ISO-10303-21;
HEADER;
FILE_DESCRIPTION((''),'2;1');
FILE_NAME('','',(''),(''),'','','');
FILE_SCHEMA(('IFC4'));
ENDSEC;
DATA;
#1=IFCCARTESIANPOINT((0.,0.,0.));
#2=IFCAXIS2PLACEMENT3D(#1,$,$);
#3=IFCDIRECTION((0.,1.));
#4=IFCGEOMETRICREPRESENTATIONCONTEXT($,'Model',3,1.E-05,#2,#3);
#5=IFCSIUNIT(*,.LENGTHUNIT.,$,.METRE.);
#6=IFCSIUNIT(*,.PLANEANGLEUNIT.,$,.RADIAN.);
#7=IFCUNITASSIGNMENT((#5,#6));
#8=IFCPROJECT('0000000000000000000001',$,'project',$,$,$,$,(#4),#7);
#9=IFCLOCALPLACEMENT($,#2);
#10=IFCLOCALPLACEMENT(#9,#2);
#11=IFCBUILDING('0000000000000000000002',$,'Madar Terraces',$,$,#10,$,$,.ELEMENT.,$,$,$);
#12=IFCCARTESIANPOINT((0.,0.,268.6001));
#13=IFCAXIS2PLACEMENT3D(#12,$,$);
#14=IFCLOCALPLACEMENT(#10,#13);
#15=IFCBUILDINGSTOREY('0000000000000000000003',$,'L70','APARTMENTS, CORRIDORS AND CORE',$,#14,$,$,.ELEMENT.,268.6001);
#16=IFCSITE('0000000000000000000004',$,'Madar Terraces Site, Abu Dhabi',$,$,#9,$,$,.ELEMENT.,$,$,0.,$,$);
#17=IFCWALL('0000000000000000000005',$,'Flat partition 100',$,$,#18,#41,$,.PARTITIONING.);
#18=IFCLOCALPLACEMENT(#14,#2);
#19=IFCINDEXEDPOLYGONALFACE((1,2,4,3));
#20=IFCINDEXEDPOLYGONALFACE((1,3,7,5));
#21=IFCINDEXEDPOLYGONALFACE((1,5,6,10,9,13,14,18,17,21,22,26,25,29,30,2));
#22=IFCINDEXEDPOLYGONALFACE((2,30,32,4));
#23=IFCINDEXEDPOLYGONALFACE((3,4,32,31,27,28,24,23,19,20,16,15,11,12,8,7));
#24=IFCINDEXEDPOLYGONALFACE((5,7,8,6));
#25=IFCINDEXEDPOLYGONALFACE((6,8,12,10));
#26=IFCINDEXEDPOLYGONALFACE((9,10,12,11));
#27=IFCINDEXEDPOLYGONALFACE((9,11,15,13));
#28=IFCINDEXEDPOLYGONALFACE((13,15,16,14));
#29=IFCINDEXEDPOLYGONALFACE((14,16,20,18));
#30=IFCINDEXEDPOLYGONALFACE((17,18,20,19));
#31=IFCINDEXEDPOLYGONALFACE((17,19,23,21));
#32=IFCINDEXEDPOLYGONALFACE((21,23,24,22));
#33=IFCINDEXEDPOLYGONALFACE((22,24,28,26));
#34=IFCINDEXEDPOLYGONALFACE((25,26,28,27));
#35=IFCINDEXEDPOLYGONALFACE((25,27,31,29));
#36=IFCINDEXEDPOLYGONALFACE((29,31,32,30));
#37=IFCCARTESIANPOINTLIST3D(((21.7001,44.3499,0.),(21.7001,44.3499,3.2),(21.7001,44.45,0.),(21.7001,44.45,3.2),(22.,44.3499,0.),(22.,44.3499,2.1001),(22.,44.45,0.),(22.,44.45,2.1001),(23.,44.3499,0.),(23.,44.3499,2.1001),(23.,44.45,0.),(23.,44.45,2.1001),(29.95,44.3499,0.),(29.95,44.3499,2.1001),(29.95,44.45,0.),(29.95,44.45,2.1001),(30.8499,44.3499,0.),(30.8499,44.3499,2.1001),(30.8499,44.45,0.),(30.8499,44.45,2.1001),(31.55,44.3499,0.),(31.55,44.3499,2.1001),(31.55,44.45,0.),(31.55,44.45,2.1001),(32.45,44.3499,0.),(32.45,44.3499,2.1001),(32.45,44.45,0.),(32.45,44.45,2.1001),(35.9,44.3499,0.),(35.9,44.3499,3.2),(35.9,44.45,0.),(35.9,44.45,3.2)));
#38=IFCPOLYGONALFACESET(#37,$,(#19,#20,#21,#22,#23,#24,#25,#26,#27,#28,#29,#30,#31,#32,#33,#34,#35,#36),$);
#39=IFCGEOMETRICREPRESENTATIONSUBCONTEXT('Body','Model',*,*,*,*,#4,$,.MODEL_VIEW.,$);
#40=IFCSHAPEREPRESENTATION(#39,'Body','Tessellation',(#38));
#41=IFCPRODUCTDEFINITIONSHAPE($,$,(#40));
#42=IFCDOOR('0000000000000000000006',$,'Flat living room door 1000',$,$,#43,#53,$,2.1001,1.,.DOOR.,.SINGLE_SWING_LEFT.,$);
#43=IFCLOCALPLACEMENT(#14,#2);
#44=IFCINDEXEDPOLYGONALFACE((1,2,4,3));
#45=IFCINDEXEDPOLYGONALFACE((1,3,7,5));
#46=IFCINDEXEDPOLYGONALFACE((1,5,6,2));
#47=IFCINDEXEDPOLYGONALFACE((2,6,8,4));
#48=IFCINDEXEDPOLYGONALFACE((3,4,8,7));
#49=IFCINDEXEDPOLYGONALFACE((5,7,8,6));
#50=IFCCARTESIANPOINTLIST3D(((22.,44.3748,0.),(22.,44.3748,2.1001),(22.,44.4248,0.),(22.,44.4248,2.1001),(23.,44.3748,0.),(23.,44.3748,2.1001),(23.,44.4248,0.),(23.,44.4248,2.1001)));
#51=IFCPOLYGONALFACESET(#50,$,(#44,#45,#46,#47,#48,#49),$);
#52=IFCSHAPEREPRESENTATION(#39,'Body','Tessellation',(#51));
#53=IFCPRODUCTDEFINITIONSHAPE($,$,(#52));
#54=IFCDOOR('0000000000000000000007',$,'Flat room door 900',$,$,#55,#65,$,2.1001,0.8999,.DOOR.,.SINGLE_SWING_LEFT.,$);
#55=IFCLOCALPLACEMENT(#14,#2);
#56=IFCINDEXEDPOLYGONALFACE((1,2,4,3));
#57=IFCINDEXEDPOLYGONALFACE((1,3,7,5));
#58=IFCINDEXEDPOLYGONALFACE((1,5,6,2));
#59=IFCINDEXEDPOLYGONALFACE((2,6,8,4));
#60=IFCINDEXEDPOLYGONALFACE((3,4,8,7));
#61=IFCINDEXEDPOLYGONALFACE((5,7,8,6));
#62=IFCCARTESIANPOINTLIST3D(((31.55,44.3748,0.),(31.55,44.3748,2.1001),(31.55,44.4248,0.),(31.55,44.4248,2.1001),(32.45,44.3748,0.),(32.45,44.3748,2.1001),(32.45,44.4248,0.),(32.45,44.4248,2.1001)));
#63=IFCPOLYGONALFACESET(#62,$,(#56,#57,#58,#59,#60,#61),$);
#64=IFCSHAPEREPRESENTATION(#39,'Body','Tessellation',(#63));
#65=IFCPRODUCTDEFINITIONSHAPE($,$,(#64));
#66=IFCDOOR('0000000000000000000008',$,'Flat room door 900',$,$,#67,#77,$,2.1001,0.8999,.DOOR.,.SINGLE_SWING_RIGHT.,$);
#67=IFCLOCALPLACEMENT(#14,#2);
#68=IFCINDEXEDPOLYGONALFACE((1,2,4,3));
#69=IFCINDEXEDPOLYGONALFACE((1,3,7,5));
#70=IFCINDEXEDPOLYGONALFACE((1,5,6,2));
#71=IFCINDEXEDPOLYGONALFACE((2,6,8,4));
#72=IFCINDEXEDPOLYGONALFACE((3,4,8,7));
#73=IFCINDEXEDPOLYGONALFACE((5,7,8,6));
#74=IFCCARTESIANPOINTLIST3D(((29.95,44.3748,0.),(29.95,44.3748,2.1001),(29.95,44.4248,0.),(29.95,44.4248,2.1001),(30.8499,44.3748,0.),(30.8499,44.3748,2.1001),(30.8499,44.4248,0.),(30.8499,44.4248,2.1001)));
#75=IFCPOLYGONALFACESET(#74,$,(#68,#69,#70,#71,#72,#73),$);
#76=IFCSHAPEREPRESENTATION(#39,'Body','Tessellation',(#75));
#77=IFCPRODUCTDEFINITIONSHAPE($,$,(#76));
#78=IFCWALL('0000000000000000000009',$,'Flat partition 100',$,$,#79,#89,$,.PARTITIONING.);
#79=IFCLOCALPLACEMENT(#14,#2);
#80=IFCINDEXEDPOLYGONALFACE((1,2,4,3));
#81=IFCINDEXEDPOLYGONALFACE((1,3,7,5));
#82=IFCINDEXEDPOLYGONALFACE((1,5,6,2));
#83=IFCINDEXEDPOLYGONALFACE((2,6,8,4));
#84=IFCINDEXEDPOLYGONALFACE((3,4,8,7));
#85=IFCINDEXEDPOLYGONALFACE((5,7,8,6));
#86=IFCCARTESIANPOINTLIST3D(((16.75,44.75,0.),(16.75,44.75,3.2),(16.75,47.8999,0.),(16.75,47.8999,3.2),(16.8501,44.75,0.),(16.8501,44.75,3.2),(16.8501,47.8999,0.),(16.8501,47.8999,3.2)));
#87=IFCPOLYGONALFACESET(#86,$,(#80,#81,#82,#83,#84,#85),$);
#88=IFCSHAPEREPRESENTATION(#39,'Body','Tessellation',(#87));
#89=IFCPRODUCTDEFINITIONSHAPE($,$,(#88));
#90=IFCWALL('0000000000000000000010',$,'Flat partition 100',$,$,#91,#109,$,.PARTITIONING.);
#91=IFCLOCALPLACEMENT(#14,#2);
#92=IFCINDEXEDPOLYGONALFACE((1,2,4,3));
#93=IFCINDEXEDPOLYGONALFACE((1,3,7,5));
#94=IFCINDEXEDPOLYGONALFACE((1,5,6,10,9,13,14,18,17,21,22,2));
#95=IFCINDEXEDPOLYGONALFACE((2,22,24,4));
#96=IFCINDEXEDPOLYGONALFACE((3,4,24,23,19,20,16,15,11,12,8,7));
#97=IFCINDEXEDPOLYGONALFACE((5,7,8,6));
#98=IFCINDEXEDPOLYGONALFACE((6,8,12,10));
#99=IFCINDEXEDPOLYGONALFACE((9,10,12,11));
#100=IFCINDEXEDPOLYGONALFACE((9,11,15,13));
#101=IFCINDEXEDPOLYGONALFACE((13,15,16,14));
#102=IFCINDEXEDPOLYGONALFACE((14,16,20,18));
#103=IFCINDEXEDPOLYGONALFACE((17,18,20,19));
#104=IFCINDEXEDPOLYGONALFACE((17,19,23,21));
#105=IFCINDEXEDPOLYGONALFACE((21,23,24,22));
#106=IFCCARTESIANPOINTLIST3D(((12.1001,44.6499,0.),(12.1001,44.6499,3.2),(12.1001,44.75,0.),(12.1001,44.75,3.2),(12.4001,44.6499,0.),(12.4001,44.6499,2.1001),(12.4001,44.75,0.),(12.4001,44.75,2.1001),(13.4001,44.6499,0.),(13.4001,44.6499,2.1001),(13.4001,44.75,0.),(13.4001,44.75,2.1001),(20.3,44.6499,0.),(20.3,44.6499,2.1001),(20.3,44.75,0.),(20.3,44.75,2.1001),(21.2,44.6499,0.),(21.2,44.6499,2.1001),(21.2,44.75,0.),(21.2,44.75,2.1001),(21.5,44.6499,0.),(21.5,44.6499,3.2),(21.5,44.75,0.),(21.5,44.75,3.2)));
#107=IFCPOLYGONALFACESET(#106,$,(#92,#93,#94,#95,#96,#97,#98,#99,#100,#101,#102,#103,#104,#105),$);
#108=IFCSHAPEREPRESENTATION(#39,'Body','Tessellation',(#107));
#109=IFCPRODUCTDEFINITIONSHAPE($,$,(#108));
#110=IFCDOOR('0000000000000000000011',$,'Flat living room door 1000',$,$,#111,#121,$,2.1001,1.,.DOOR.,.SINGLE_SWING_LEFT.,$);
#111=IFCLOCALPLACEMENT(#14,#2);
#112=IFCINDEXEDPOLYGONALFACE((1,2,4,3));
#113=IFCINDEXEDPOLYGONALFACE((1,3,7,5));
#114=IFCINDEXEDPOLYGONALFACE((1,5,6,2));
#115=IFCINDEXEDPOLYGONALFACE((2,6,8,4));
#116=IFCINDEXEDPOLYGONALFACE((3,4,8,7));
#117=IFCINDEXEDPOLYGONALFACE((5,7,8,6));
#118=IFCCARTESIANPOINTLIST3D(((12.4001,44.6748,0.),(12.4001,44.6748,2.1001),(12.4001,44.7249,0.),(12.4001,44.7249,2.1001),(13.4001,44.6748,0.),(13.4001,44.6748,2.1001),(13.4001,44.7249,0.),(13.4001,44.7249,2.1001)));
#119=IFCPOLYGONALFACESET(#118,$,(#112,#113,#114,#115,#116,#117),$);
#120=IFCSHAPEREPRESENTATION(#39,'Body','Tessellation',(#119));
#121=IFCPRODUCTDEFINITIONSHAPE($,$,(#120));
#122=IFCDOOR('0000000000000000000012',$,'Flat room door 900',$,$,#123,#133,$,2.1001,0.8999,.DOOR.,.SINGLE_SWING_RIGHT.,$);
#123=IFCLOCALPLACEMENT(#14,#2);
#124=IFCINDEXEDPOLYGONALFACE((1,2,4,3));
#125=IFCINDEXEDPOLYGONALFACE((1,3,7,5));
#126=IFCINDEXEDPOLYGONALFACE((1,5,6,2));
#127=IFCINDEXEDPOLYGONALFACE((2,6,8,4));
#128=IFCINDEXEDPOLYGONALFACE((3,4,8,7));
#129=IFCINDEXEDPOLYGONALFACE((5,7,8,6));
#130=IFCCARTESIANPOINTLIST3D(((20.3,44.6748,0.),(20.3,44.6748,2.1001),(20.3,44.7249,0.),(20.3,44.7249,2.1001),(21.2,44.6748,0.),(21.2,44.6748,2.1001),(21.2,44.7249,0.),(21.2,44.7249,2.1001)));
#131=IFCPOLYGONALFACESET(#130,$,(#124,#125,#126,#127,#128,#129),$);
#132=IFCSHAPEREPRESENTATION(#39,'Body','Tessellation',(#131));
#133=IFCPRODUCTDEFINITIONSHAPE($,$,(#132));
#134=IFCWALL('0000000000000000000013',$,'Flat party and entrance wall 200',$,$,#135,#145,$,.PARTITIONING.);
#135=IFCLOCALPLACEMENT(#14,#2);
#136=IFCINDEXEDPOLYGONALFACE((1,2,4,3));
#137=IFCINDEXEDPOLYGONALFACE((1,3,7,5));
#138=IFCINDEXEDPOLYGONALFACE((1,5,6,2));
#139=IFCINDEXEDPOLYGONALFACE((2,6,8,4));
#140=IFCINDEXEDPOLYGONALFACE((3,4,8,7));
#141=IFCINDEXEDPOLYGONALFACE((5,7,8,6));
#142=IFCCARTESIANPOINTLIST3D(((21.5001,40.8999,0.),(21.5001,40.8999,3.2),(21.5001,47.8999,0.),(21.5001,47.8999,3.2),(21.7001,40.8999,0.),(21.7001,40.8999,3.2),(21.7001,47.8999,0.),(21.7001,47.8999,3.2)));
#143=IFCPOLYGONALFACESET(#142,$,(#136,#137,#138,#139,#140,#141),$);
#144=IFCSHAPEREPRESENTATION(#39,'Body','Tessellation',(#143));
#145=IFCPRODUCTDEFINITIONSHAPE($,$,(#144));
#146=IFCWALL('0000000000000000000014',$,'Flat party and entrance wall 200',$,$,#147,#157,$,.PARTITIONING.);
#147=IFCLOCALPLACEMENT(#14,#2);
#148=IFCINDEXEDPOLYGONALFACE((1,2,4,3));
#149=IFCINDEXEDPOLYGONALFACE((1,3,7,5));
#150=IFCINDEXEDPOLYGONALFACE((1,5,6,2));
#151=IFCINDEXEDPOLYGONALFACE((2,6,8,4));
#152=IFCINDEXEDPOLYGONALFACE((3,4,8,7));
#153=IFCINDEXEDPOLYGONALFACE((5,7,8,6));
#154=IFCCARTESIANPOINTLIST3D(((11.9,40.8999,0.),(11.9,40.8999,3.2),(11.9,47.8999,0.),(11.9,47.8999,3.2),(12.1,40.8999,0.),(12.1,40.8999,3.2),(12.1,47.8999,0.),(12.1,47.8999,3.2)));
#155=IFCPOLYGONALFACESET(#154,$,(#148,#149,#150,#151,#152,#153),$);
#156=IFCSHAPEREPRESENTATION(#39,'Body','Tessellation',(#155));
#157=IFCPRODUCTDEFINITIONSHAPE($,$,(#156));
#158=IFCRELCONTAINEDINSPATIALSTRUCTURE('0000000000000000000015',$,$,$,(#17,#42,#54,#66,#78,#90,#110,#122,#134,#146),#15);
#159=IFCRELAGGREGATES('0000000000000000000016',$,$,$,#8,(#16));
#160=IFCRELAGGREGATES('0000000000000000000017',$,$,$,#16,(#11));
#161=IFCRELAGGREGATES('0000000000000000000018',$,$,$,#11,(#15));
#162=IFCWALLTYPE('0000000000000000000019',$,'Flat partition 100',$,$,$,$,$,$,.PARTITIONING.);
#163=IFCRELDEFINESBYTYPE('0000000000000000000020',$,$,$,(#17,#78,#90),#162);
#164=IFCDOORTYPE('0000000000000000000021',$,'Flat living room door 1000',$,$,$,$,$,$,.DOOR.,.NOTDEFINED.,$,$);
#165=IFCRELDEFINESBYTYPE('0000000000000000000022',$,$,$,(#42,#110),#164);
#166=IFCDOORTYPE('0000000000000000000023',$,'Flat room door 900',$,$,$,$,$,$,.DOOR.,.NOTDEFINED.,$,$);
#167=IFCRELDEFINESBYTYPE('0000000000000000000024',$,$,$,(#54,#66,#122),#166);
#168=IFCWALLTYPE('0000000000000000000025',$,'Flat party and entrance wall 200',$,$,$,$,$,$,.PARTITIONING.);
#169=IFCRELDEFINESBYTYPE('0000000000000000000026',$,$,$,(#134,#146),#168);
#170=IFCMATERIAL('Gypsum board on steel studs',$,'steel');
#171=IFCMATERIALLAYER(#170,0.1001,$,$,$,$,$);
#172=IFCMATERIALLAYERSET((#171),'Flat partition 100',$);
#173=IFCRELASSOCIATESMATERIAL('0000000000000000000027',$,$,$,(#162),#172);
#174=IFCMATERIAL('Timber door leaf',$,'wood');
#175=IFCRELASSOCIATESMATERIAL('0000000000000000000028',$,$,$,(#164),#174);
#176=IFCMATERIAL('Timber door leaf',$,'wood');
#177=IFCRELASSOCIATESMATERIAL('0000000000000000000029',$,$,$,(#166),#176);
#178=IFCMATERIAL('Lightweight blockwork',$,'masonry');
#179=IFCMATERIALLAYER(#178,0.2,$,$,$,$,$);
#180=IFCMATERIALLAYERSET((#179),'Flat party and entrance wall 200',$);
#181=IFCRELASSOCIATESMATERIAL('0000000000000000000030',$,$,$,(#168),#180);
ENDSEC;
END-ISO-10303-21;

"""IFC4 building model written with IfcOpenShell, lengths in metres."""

from ifc_helpers import new_model, si_unit, direction, frame, frame_2d, origin, place, context, subcontext, project, spatial, rectangle, extrude, material, layer, layer_set, type_object, element, fill, save


model = new_model("IFC4")

# Units and contexts
model_context = context("Model", 3, precision=1e-05, world=origin(), true_north=direction((0.0, 1.0)))
body_context = subcontext(model_context, "Body", "Model", "MODEL_VIEW")
ifc_project = project(units=[si_unit("LENGTHUNIT", "METRE"), si_unit("PLANEANGLEUNIT", "RADIAN")], contexts=[model_context])

# Site, building, storey
site_placement = place(None, origin())
site = spatial("IfcSite", under=ifc_project, at=site_placement, Name="Madar Terraces Site, Abu Dhabi", CompositionType="ELEMENT", RefElevation=0.0)
building_placement = place(site_placement, origin())
building = spatial("IfcBuilding", under=site, at=building_placement, Name="Madar Terraces", CompositionType="ELEMENT")
storey_placement = place(building_placement, frame((0.0, 0.0, 268.6001)))
storey = spatial("IfcBuildingStorey", under=building, at=storey_placement, Name="L70", Description="APARTMENTS, CORRIDORS AND CORE", CompositionType="ELEMENT", Elevation=268.6001)

# Shared definitions
ifc_material_1 = material(Name="Gypsum board on steel studs", Category="steel")
ifc_layer_1 = layer(ifc_material_1, 0.1001)
ifc_layer_set_1 = layer_set([ifc_layer_1], Name="Flat partition 100")
wall_type_1 = type_object("IfcWallType", Name="Flat partition 100", PredefinedType="PARTITIONING", material=ifc_layer_set_1)

# Wall, openings, doors
wall_1_placement = place(storey_placement, frame((21.7, 44.3999, 0.0), z_axis=(0.0, 0.0, 1.0), x_axis=(1.0, 0.0, 0.0)))
wall_1 = element("IfcWall", 1, at=wall_1_placement, inside=storey, type_object=wall_type_1, Name="Flat partition 100", PredefinedType="PARTITIONING", context=body_context, shape_type="SweptSolid", body=[
    extrude(rectangle(XDim=14.2, YDim=0.1001, at=frame_2d((7.1001, 0.0))), origin(), (0.0, 0.0, 1.0), 3.2),
])
opening_1_placement = place(wall_1_placement, frame((9.8501, 0.0, 0.0)))
opening_1 = element("IfcOpeningElement", 2, at=opening_1_placement, cuts=wall_1, PredefinedType="OPENING", context=body_context, shape_type="SweptSolid", body=[
    extrude(rectangle(XDim=0.8999, YDim=2.1001, at=frame_2d((0.45, 1.05))), frame((0.0, 0.0601, 0.0), z_axis=(0.0, -1.0, 0.0), x_axis=(1.0, 0.0, 0.0)), (0.0, 0.0, 1.0), 0.1201),
])
opening_2_placement = place(wall_1_placement, frame((8.25, 0.0, 0.0)))
opening_2 = element("IfcOpeningElement", 3, at=opening_2_placement, cuts=wall_1, PredefinedType="OPENING", context=body_context, shape_type="SweptSolid", body=[
    extrude(rectangle(XDim=0.8999, YDim=2.1001, at=frame_2d((0.45, 1.05))), frame((0.0, 0.0601, 0.0), z_axis=(0.0, -1.0, 0.0), x_axis=(1.0, 0.0, 0.0)), (0.0, 0.0, 1.0), 0.1201),
])
opening_3_placement = place(wall_1_placement, frame((0.3, 0.0, 0.0)))
opening_3 = element("IfcOpeningElement", 4, at=opening_3_placement, cuts=wall_1, PredefinedType="OPENING", context=body_context, shape_type="SweptSolid", body=[
    extrude(rectangle(XDim=1.0, YDim=2.1001, at=frame_2d((0.5, 1.05))), frame((0.0, 0.0601, 0.0), z_axis=(0.0, -1.0, 0.0), x_axis=(1.0, 0.0, 0.0)), (0.0, 0.0, 1.0), 0.1201),
])
ifc_material_2 = material(Name="Timber door leaf", Category="wood")
door_type_1 = type_object("IfcDoorType", Name="Flat living room door 1000", OperationType="NOTDEFINED", PredefinedType="DOOR", material=ifc_material_2)
door_1_placement = place(opening_3_placement, origin())
door_1 = element("IfcDoor", 5, at=door_1_placement, inside=storey, type_object=door_type_1, Name="Flat living room door 1000", OperationType="SINGLE_SWING_LEFT", OverallHeight=2.1001, OverallWidth=1.0, PredefinedType="DOOR", context=body_context, shape_type="SweptSolid", body=[
    extrude(rectangle(XDim=1.0, YDim=2.1001, at=frame_2d((0.5, 1.05))), frame((0.0, 0.0249, 0.0), z_axis=(0.0, -1.0, 0.0), x_axis=(1.0, 0.0, 0.0)), (0.0, 0.0, 1.0), 0.05),
])
fill(opening_3, door_1)
ifc_material_3 = material(Name="Timber door leaf", Category="wood")
door_type_2 = type_object("IfcDoorType", Name="Flat room door 900", OperationType="NOTDEFINED", PredefinedType="DOOR", material=ifc_material_3)
door_2_placement = place(opening_1_placement, origin())
door_2 = element("IfcDoor", 6, at=door_2_placement, inside=storey, type_object=door_type_2, Name="Flat room door 900", OperationType="SINGLE_SWING_LEFT", OverallHeight=2.1001, OverallWidth=0.8999, PredefinedType="DOOR", context=body_context, shape_type="SweptSolid", body=[
    extrude(rectangle(XDim=0.8999, YDim=2.1001, at=frame_2d((0.45, 1.05))), frame((0.0, 0.0249, 0.0), z_axis=(0.0, -1.0, 0.0), x_axis=(1.0, 0.0, 0.0)), (0.0, 0.0, 1.0), 0.05),
])
fill(opening_1, door_2)
door_3_placement = place(opening_2_placement, origin())
door_3 = element("IfcDoor", 7, at=door_3_placement, inside=storey, type_object=door_type_2, Name="Flat room door 900", OperationType="SINGLE_SWING_RIGHT", OverallHeight=2.1001, OverallWidth=0.8999, PredefinedType="DOOR", context=body_context, shape_type="SweptSolid", body=[
    extrude(rectangle(XDim=0.8999, YDim=2.1001, at=frame_2d((0.45, 1.05))), frame((0.0, 0.0249, 0.0), z_axis=(0.0, -1.0, 0.0), x_axis=(1.0, 0.0, 0.0)), (0.0, 0.0, 1.0), 0.05),
])
fill(opening_2, door_3)

# Wall
wall_2_placement = place(storey_placement, frame((16.8, 44.75, 0.0), z_axis=(0.0, 0.0, 1.0), x_axis=(0.0, 1.0, 0.0)))
element("IfcWall", 8, at=wall_2_placement, inside=storey, type_object=wall_type_1, Name="Flat partition 100", PredefinedType="PARTITIONING", context=body_context, shape_type="SweptSolid", body=[
    extrude(rectangle(XDim=3.1499, YDim=0.1001, at=frame_2d((1.575, 0.0))), origin(), (0.0, 0.0, 1.0), 3.2),
])

# Wall, openings, doors
wall_3_placement = place(storey_placement, frame((12.1001, 44.7, 0.0), z_axis=(0.0, 0.0, 1.0), x_axis=(1.0, 0.0, 0.0)))
wall_3 = element("IfcWall", 9, at=wall_3_placement, inside=storey, type_object=wall_type_1, Name="Flat partition 100", PredefinedType="PARTITIONING", context=body_context, shape_type="SweptSolid", body=[
    extrude(rectangle(XDim=9.3999, YDim=0.1001, at=frame_2d((4.7, 0.0))), origin(), (0.0, 0.0, 1.0), 3.2),
])
opening_4_placement = place(wall_3_placement, frame((0.3, 0.0, 0.0)))
opening_4 = element("IfcOpeningElement", 10, at=opening_4_placement, cuts=wall_3, PredefinedType="OPENING", context=body_context, shape_type="SweptSolid", body=[
    extrude(rectangle(XDim=1.0, YDim=2.1001, at=frame_2d((0.5, 1.05))), frame((0.0, 0.0601, 0.0), z_axis=(0.0, -1.0, 0.0), x_axis=(1.0, 0.0, 0.0)), (0.0, 0.0, 1.0), 0.1201),
])
opening_5_placement = place(wall_3_placement, frame((8.2, 0.0, 0.0)))
opening_5 = element("IfcOpeningElement", 11, at=opening_5_placement, cuts=wall_3, PredefinedType="OPENING", context=body_context, shape_type="SweptSolid", body=[
    extrude(rectangle(XDim=0.8999, YDim=2.1001, at=frame_2d((0.45, 1.05))), frame((0.0, 0.0601, 0.0), z_axis=(0.0, -1.0, 0.0), x_axis=(1.0, 0.0, 0.0)), (0.0, 0.0, 1.0), 0.1201),
])
door_4_placement = place(opening_4_placement, origin())
door_4 = element("IfcDoor", 12, at=door_4_placement, inside=storey, type_object=door_type_1, Name="Flat living room door 1000", OperationType="SINGLE_SWING_LEFT", OverallHeight=2.1001, OverallWidth=1.0, PredefinedType="DOOR", context=body_context, shape_type="SweptSolid", body=[
    extrude(rectangle(XDim=1.0, YDim=2.1001, at=frame_2d((0.5, 1.05))), frame((0.0, 0.0249, 0.0), z_axis=(0.0, -1.0, 0.0), x_axis=(1.0, 0.0, 0.0)), (0.0, 0.0, 1.0), 0.05),
])
fill(opening_4, door_4)
door_5_placement = place(opening_5_placement, origin())
door_5 = element("IfcDoor", 13, at=door_5_placement, inside=storey, type_object=door_type_2, Name="Flat room door 900", OperationType="SINGLE_SWING_RIGHT", OverallHeight=2.1001, OverallWidth=0.8999, PredefinedType="DOOR", context=body_context, shape_type="SweptSolid", body=[
    extrude(rectangle(XDim=0.8999, YDim=2.1001, at=frame_2d((0.45, 1.05))), frame((0.0, 0.0249, 0.0), z_axis=(0.0, -1.0, 0.0), x_axis=(1.0, 0.0, 0.0)), (0.0, 0.0, 1.0), 0.05),
])
fill(opening_5, door_5)

# Walls
ifc_material_4 = material(Name="Lightweight blockwork", Category="masonry")
ifc_layer_2 = layer(ifc_material_4, 0.2)
ifc_layer_set_2 = layer_set([ifc_layer_2], Name="Flat party and entrance wall 200")
wall_type_2 = type_object("IfcWallType", Name="Flat party and entrance wall 200", PredefinedType="PARTITIONING", material=ifc_layer_set_2)
for number, where, z_axis, x_axis, name in (
    (14, (21.6001, 47.8999, 0.0), (0.0, 0.0, 1.0), (0.0, -1.0, 0.0), "Flat party and entrance wall 200"),
    (15, (12.0, 47.8999, 0.0), (0.0, 0.0, 1.0), (0.0, -1.0, 0.0), "Flat party and entrance wall 200"),
):
    element("IfcWall", number, at=place(storey_placement, frame(where, z_axis=z_axis, x_axis=x_axis)), inside=storey, type_object=wall_type_2, Name=name, PredefinedType="PARTITIONING", context=body_context, shape_type="SweptSolid", body=[
        extrude(rectangle(XDim=7.0, YDim=0.2, at=frame_2d((3.5, 0.0))), origin(), (0.0, 0.0, 1.0), 3.2),
    ])

save(model, "model.ifc")
